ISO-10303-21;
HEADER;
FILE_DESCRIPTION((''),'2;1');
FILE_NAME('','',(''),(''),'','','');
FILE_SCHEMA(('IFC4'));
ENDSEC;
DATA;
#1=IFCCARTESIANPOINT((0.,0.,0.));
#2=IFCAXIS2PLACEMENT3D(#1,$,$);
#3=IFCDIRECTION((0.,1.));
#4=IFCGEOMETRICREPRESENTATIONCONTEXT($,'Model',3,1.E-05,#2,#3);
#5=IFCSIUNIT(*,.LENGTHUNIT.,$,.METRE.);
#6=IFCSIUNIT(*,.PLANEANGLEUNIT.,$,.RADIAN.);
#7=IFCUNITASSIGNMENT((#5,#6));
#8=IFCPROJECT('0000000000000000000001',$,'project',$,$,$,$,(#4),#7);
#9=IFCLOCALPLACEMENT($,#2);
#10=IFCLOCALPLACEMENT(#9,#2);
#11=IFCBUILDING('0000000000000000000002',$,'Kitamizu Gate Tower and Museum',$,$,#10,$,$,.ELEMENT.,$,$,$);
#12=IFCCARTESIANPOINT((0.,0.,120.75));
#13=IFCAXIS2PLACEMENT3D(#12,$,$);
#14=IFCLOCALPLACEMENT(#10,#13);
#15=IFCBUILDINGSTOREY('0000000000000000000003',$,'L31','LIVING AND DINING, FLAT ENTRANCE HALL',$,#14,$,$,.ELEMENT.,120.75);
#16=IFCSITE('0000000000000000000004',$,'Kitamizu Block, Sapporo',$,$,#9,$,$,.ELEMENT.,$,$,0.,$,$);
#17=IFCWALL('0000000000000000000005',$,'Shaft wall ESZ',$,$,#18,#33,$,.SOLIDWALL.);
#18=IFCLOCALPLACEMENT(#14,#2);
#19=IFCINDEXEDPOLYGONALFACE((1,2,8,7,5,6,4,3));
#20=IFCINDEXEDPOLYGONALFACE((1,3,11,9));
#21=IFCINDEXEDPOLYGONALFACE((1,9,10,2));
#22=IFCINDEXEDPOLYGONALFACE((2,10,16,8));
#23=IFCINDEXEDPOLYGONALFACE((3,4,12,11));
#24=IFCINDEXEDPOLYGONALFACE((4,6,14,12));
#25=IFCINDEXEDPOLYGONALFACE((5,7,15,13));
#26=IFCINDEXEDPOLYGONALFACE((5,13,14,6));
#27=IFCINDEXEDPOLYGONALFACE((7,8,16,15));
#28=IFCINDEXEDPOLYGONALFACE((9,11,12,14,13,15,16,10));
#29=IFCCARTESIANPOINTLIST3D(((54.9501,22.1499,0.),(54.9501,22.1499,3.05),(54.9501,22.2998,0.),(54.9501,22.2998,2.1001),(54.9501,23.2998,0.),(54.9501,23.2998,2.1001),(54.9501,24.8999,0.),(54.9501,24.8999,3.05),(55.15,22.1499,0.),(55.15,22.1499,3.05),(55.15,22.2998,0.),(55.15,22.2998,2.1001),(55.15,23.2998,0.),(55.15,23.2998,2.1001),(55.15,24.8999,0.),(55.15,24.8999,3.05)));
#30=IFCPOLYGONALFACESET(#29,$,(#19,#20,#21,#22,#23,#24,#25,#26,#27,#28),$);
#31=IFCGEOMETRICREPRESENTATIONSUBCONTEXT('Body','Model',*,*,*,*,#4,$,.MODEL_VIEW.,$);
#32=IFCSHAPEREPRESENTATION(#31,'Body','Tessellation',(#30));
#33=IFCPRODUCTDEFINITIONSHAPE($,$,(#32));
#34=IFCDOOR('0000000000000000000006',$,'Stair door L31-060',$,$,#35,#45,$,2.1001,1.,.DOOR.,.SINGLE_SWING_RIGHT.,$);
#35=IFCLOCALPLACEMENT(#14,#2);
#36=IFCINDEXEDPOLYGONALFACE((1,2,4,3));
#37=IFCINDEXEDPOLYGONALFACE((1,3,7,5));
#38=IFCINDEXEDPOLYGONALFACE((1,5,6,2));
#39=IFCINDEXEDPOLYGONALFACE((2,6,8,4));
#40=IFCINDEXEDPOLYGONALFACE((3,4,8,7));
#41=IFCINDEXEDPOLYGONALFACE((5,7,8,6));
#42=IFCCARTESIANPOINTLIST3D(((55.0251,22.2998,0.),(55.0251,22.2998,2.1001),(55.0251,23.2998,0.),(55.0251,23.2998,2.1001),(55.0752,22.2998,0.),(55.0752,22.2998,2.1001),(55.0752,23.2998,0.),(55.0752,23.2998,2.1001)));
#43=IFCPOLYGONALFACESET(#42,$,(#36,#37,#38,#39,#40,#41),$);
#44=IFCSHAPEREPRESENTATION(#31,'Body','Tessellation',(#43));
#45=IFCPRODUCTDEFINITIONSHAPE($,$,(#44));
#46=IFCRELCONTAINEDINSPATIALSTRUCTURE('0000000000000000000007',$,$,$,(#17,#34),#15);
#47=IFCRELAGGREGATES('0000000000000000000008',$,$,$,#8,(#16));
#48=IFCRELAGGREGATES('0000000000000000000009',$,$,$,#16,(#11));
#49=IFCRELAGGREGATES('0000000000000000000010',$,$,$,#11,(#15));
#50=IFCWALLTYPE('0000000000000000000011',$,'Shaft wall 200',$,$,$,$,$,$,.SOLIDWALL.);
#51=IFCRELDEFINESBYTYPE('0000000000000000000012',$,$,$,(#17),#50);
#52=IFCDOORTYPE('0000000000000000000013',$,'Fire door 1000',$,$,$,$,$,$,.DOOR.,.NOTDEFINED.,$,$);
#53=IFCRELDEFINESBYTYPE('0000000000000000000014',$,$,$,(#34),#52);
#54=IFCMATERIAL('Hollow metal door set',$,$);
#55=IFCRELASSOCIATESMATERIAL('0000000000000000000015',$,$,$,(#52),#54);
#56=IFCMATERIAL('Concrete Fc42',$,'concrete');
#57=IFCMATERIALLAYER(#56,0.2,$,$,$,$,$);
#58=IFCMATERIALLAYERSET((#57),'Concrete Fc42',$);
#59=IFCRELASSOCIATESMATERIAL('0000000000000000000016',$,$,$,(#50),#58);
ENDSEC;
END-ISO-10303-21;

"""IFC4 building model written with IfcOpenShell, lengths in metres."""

from ifc_helpers import new_model, si_unit, direction, frame, frame_2d, origin, place, context, subcontext, project, spatial, rectangle, extrude, material, layer, layer_set, type_object, element, fill, save


model = new_model("IFC4")

# Units and contexts
model_context = context("Model", 3, precision=1e-05, world=origin(), true_north=direction((0.0, 1.0)))
body_context = subcontext(model_context, "Body", "Model", "MODEL_VIEW")
ifc_project = project(units=[si_unit("LENGTHUNIT", "METRE"), si_unit("PLANEANGLEUNIT", "RADIAN")], contexts=[model_context])

# Site, building, storey
site_placement = place(None, origin())
site = spatial("IfcSite", under=ifc_project, at=site_placement, Name="Kitamizu Block, Sapporo", CompositionType="ELEMENT", RefElevation=0.0)
building_placement = place(site_placement, origin())
building = spatial("IfcBuilding", under=site, at=building_placement, Name="Kitamizu Gate Tower and Museum", CompositionType="ELEMENT")
storey_placement = place(building_placement, frame((0.0, 0.0, 120.75)))
storey = spatial("IfcBuildingStorey", under=building, at=storey_placement, Name="L31", Description="LIVING AND DINING, FLAT ENTRANCE HALL", CompositionType="ELEMENT", Elevation=120.75)

# Shared definitions
ifc_material_1 = material(Name="Hollow metal door set")
door_type_1 = type_object("IfcDoorType", Name="Fire door 1000", OperationType="NOTDEFINED", PredefinedType="DOOR", material=ifc_material_1)

# Shared definitions
ifc_material_2 = material(Name="Concrete Fc42", Category="concrete")
ifc_layer_1 = layer(ifc_material_2, 0.2)
ifc_layer_set_1 = layer_set([ifc_layer_1], Name="Concrete Fc42")
wall_type_1 = type_object("IfcWallType", Name="Shaft wall 200", PredefinedType="SOLIDWALL", material=ifc_layer_set_1)

# Wall, opening, door
wall_1_placement = place(storey_placement, frame((55.05, 22.1499, 0.0), z_axis=(0.0, 0.0, 1.0), x_axis=(0.0, 1.0, 0.0)))
wall_1 = element("IfcWall", 1, at=wall_1_placement, inside=storey, type_object=wall_type_1, Name="Shaft wall ESZ", PredefinedType="SOLIDWALL", context=body_context, shape_type="SweptSolid", body=[
    extrude(rectangle(XDim=2.75, YDim=0.2, at=frame_2d((1.375, 0.0))), origin(), (0.0, 0.0, 1.0), 3.05),
])
opening_1_placement = place(wall_1_placement, frame((0.1499, 0.0, 0.0)))
opening_1 = element("IfcOpeningElement", 2, at=opening_1_placement, cuts=wall_1, PredefinedType="OPENING", context=body_context, shape_type="SweptSolid", body=[
    extrude(rectangle(XDim=1.0, YDim=2.1001, at=frame_2d((0.5, 1.05))), frame((0.0, 0.1099, 0.0), z_axis=(0.0, -1.0, 0.0), x_axis=(1.0, 0.0, 0.0)), (0.0, 0.0, 1.0), 0.22),
])
door_1_placement = place(opening_1_placement, origin())
door_1 = element("IfcDoor", 3, at=door_1_placement, inside=storey, type_object=door_type_1, Name="Stair door L31-060", OperationType="SINGLE_SWING_RIGHT", OverallHeight=2.1001, OverallWidth=1.0, PredefinedType="DOOR", context=body_context, shape_type="SweptSolid", body=[
    extrude(rectangle(XDim=1.0, YDim=2.1001, at=frame_2d((0.5, 1.05))), frame((0.0, 0.0249, 0.0), z_axis=(0.0, -1.0, 0.0), x_axis=(1.0, 0.0, 0.0)), (0.0, 0.0, 1.0), 0.05),
])
fill(opening_1, door_1)

save(model, "model.ifc")
